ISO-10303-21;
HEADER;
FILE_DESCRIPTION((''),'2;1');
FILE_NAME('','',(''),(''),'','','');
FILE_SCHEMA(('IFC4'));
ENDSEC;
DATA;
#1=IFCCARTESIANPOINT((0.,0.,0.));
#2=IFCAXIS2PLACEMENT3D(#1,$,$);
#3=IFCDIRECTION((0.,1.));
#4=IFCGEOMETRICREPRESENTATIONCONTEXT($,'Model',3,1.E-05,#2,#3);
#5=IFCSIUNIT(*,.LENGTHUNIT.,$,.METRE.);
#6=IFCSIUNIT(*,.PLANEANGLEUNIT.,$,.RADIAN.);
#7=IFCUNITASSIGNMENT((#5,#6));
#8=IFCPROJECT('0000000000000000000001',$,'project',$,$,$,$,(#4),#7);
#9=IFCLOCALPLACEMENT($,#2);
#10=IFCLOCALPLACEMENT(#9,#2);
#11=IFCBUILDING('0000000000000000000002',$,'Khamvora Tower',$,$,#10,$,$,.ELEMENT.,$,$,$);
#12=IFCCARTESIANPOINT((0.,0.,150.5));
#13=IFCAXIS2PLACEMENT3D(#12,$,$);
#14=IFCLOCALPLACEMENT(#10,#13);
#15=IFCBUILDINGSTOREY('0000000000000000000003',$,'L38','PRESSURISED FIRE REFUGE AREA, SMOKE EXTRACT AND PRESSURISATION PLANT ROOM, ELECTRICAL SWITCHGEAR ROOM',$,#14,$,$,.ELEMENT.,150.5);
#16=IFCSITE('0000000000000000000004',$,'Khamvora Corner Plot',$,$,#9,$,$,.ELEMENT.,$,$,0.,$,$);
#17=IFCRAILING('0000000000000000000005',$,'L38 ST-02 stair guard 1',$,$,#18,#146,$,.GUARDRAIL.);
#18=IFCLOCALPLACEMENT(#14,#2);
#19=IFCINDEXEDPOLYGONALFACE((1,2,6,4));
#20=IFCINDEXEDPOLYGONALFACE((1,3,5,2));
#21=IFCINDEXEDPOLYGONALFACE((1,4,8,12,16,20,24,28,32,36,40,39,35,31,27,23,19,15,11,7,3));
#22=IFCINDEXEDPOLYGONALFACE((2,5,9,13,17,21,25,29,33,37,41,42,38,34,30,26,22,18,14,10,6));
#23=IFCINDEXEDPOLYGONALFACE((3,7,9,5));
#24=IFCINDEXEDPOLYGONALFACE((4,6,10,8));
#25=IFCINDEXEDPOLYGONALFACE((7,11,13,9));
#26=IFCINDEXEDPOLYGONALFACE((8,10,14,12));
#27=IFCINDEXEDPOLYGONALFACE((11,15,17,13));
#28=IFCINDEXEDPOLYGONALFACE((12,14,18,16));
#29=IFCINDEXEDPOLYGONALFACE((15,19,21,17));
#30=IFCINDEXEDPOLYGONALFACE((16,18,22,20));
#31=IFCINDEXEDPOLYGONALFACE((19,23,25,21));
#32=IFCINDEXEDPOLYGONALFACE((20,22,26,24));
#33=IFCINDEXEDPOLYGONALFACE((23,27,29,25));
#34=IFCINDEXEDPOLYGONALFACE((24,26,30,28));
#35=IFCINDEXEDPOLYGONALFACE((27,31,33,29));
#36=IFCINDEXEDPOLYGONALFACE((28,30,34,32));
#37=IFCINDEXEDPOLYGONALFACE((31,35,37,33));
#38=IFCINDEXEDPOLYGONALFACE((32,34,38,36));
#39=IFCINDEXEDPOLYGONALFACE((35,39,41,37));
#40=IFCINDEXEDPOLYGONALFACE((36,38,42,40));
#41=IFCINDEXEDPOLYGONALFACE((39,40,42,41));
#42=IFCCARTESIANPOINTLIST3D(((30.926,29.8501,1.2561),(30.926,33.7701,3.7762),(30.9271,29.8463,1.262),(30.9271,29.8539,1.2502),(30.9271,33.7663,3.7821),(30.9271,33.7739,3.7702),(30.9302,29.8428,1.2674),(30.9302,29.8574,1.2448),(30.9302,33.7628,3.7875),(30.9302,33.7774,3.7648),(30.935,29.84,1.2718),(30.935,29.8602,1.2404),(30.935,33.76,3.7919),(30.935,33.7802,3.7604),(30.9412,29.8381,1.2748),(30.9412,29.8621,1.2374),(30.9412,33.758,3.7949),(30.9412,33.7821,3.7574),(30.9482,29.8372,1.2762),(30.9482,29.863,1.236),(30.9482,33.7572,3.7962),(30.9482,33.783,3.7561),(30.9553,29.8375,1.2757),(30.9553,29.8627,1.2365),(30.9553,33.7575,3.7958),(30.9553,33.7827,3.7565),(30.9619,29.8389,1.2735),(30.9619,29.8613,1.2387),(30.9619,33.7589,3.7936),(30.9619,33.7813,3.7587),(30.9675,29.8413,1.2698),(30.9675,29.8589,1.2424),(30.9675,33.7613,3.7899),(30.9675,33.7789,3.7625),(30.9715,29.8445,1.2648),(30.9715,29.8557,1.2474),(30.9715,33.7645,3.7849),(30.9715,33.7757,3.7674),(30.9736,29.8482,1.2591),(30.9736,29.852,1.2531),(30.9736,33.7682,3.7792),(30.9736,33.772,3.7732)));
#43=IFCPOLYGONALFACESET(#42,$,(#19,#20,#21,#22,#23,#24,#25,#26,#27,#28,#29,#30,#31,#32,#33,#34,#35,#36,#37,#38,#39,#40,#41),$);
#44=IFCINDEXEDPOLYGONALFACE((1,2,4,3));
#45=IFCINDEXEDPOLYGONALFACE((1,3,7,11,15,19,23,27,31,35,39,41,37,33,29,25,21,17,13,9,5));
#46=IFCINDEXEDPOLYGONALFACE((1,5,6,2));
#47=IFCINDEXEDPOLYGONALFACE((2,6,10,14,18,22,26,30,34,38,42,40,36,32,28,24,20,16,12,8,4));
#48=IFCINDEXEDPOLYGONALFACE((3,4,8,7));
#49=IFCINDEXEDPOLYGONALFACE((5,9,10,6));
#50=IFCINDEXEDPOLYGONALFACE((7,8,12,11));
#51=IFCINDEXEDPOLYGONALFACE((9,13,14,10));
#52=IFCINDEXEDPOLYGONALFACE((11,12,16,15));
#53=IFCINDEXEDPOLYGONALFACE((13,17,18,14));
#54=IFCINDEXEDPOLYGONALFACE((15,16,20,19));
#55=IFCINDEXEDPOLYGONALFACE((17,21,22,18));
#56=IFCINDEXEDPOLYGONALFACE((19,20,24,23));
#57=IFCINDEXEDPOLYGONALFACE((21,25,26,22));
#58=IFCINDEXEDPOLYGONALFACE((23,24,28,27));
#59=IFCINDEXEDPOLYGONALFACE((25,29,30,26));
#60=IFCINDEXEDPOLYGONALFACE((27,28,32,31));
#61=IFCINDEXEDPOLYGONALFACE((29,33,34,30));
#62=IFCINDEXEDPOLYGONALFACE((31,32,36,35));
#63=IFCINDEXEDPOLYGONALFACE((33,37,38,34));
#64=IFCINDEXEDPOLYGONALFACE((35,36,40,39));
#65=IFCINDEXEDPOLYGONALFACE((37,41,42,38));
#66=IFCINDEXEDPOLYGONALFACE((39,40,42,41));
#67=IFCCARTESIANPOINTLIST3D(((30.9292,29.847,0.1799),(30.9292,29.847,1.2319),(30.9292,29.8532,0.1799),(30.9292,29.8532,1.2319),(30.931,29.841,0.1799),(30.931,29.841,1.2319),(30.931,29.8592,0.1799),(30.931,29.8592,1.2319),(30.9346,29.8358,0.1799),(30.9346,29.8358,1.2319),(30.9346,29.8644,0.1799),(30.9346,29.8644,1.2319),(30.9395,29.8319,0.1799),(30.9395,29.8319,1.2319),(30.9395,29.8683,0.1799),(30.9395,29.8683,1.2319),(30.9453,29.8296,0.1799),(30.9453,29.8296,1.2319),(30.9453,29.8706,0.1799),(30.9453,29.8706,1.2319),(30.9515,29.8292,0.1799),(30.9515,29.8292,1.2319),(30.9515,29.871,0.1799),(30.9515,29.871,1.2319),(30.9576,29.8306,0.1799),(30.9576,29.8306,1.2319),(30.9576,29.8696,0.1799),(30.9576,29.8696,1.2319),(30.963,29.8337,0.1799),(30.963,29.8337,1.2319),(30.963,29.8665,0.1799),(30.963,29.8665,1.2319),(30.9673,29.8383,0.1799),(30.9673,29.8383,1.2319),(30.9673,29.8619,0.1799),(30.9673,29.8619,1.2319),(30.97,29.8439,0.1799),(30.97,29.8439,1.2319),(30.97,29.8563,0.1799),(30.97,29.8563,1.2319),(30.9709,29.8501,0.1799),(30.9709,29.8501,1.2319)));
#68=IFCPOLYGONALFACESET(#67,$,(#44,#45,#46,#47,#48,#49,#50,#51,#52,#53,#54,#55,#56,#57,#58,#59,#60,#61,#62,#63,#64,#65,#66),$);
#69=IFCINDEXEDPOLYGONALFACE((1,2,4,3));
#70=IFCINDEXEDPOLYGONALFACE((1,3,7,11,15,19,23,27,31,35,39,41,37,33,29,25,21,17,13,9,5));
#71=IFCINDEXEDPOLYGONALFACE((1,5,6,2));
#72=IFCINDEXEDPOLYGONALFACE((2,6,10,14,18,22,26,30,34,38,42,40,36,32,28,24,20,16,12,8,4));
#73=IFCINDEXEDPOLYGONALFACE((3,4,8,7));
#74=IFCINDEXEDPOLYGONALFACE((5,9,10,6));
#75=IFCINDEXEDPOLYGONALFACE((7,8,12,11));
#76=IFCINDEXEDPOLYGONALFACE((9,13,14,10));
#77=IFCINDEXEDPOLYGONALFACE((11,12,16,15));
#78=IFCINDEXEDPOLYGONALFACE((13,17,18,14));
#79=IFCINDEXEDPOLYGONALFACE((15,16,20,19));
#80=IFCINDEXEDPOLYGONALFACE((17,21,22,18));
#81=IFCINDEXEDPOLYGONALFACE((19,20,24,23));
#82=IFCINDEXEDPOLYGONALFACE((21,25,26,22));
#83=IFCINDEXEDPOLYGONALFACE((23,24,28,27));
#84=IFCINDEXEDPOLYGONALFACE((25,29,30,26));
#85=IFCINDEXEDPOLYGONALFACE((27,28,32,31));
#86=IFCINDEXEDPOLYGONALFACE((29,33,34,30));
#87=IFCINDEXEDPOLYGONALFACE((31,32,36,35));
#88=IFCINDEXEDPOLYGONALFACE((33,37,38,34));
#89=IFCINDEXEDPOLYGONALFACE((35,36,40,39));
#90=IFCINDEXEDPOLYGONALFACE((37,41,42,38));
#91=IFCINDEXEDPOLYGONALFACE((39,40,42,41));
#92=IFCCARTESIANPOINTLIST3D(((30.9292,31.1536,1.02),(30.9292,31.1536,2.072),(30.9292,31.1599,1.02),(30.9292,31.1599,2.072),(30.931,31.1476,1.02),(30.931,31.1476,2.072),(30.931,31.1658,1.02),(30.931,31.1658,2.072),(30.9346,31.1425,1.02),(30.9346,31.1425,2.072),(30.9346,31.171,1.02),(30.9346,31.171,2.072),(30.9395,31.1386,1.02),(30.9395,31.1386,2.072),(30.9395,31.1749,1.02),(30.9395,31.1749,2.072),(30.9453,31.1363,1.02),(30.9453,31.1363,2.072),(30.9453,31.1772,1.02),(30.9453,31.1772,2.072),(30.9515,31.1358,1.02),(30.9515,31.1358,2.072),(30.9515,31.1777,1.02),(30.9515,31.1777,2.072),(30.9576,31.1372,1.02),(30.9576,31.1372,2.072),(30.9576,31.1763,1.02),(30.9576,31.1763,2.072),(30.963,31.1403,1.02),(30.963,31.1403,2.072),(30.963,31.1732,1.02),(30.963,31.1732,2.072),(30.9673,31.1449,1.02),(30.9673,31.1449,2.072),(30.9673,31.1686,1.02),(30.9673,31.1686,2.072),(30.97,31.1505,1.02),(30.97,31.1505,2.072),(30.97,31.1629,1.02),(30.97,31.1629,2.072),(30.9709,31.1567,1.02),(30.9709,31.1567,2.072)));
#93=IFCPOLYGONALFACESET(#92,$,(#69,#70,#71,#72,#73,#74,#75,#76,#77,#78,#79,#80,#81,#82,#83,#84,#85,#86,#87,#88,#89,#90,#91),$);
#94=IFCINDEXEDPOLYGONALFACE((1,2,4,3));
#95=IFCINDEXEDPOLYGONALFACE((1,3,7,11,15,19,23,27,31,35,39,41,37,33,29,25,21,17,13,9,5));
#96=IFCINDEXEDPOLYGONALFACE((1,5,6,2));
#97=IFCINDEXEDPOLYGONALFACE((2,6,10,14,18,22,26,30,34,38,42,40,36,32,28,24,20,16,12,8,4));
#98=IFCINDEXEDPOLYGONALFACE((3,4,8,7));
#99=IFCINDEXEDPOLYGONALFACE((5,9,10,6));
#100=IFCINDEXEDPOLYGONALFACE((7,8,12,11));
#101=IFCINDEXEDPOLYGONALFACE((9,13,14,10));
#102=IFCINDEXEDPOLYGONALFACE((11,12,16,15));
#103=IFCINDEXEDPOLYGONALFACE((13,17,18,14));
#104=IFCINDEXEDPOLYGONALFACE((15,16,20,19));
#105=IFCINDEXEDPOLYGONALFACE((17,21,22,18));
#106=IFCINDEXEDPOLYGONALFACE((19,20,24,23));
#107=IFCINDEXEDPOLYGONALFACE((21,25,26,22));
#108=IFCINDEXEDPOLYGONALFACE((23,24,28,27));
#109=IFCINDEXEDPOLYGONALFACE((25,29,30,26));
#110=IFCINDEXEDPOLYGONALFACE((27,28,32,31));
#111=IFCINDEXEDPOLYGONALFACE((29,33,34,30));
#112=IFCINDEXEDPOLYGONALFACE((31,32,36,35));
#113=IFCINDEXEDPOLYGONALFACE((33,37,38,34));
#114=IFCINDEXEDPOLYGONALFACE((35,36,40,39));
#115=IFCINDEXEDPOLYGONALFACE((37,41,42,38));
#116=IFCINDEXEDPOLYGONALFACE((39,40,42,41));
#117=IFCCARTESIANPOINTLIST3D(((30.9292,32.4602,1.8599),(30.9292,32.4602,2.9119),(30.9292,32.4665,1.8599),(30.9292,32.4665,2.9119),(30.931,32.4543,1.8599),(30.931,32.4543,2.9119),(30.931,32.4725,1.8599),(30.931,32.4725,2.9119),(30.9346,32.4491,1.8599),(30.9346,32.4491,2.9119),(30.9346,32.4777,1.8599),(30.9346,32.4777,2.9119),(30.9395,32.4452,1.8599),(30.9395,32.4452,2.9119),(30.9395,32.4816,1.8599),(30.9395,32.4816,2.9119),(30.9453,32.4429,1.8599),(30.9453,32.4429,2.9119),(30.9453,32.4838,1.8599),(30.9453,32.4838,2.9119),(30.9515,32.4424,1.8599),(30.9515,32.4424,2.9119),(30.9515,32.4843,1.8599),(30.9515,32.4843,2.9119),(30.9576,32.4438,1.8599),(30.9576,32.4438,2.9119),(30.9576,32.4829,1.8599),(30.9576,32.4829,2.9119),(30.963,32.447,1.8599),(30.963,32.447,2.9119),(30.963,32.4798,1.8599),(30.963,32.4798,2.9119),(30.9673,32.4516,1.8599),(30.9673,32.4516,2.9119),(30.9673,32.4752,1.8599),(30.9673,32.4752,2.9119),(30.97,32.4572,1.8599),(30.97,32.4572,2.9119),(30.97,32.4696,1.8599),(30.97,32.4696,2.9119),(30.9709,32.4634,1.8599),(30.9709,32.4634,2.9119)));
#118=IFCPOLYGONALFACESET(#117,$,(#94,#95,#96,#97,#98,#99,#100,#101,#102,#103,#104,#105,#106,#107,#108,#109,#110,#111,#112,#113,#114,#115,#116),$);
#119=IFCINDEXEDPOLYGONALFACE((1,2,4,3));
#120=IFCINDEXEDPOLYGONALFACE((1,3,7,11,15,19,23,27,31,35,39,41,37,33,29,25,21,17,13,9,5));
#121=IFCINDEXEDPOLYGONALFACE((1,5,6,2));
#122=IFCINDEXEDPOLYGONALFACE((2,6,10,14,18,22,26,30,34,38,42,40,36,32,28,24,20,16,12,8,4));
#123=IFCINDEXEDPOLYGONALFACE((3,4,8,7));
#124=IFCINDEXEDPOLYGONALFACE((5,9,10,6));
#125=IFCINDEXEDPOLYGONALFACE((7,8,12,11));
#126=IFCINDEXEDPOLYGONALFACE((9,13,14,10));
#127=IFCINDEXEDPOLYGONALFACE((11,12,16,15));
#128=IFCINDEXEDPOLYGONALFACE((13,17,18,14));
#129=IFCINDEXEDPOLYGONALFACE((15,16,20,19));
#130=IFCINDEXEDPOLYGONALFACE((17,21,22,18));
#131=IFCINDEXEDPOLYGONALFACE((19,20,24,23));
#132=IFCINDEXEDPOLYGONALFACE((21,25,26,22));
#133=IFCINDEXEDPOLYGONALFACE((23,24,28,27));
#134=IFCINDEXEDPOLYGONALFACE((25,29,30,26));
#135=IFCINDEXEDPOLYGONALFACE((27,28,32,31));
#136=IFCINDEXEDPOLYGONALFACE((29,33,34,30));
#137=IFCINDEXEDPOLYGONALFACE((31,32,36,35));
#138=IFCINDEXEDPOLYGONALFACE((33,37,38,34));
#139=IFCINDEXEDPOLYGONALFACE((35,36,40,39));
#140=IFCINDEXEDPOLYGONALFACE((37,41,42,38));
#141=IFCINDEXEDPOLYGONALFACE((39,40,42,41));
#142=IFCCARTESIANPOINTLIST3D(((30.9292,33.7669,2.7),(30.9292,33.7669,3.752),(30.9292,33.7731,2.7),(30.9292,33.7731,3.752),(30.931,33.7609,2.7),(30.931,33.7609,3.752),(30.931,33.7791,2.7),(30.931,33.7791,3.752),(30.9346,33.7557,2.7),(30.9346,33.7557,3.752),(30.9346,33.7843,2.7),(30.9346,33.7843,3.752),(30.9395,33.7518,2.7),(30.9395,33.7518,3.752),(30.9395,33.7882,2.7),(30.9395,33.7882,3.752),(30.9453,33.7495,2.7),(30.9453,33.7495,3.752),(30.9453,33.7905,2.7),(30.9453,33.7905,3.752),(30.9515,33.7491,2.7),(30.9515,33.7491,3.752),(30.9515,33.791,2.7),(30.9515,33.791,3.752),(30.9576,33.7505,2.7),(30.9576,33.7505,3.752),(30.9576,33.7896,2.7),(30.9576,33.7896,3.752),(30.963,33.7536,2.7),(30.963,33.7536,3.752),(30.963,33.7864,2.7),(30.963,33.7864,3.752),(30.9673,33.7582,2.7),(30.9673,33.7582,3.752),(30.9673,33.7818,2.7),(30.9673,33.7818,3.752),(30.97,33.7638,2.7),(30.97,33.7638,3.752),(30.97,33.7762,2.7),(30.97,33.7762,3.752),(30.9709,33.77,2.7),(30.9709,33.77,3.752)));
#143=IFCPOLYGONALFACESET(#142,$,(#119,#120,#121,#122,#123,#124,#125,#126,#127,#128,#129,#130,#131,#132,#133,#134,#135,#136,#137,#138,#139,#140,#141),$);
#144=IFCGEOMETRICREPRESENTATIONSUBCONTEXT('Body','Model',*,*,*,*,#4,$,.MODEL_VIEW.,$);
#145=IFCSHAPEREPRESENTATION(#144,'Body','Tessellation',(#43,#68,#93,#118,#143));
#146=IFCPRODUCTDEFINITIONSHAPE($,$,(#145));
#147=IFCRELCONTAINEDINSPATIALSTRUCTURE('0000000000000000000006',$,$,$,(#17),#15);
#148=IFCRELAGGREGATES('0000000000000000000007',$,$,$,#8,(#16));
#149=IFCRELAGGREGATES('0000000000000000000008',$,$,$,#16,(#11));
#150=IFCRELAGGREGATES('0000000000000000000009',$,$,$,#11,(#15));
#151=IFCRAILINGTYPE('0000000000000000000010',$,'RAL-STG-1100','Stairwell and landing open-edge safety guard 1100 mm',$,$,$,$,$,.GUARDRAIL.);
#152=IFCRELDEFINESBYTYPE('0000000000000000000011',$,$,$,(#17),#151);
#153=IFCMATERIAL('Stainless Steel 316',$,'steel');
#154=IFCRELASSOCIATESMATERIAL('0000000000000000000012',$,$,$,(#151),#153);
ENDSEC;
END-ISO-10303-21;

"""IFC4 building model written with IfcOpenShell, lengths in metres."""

from ifc_helpers import new_model, si_unit, direction, frame, origin, origin_2d, place, context, subcontext, project, spatial, circle, extrude, material, type_object, element, save


model = new_model("IFC4")

# Units and contexts
model_context = context("Model", 3, precision=1e-05, world=origin(), true_north=direction((0.0, 1.0)))
body_context = subcontext(model_context, "Body", "Model", "MODEL_VIEW")
ifc_project = project(units=[si_unit("LENGTHUNIT", "METRE"), si_unit("PLANEANGLEUNIT", "RADIAN")], contexts=[model_context])

# Site, building, storey
site_placement = place(None, origin())
site = spatial("IfcSite", under=ifc_project, at=site_placement, Name="Khamvora Corner Plot", CompositionType="ELEMENT", RefElevation=0.0)
building_placement = place(site_placement, origin())
building = spatial("IfcBuilding", under=site, at=building_placement, Name="Khamvora Tower", CompositionType="ELEMENT")
storey_placement = place(building_placement, frame((0.0, 0.0, 150.5)))
storey = spatial("IfcBuildingStorey", under=building, at=storey_placement, Name="L38", Description="PRESSURISED FIRE REFUGE AREA, SMOKE EXTRACT AND PRESSURISATION PLANT ROOM, ELECTRICAL SWITCHGEAR ROOM", CompositionType="ELEMENT", Elevation=150.5)

# Railing
ifc_material_1 = material(Name="Stainless Steel 316", Category="steel")
railing_type_1 = type_object("IfcRailingType", Name="RAL-STG-1100", Description="Stairwell and landing open-edge safety guard 1100 mm", PredefinedType="GUARDRAIL", material=ifc_material_1)
railing_1_placement = place(storey_placement, frame((30.95, 29.8501, 0.1799)))
element("IfcRailing", 1, at=railing_1_placement, inside=storey, type_object=railing_type_1, Name="L38 ST-02 stair guard 1", PredefinedType="GUARDRAIL", context=body_context, shape_type="SweptSolid", body=[
    extrude(circle(Radius=0.0239, at=origin_2d()), frame((0.0, 0.0, 1.0762), z_axis=(0.0, 0.841172, 0.540768), x_axis=(-1.0, 0.0, 0.0)), (0.0, 0.0, 1.0), 4.6602),
    extrude(circle(Radius=0.021, at=origin_2d()), origin(), (0.0, 0.0, 1.0), 1.052),
    extrude(circle(Radius=0.021, at=origin_2d()), frame((0.0, 1.3066, 0.8401)), (0.0, 0.0, 1.0), 1.052),
    extrude(circle(Radius=0.021, at=origin_2d()), frame((0.0, 2.6133, 1.6799)), (0.0, 0.0, 1.0), 1.052),
    extrude(circle(Radius=0.021, at=origin_2d()), frame((0.0, 3.9199, 2.52)), (0.0, 0.0, 1.0), 1.052),
])

save(model, "model.ifc")
